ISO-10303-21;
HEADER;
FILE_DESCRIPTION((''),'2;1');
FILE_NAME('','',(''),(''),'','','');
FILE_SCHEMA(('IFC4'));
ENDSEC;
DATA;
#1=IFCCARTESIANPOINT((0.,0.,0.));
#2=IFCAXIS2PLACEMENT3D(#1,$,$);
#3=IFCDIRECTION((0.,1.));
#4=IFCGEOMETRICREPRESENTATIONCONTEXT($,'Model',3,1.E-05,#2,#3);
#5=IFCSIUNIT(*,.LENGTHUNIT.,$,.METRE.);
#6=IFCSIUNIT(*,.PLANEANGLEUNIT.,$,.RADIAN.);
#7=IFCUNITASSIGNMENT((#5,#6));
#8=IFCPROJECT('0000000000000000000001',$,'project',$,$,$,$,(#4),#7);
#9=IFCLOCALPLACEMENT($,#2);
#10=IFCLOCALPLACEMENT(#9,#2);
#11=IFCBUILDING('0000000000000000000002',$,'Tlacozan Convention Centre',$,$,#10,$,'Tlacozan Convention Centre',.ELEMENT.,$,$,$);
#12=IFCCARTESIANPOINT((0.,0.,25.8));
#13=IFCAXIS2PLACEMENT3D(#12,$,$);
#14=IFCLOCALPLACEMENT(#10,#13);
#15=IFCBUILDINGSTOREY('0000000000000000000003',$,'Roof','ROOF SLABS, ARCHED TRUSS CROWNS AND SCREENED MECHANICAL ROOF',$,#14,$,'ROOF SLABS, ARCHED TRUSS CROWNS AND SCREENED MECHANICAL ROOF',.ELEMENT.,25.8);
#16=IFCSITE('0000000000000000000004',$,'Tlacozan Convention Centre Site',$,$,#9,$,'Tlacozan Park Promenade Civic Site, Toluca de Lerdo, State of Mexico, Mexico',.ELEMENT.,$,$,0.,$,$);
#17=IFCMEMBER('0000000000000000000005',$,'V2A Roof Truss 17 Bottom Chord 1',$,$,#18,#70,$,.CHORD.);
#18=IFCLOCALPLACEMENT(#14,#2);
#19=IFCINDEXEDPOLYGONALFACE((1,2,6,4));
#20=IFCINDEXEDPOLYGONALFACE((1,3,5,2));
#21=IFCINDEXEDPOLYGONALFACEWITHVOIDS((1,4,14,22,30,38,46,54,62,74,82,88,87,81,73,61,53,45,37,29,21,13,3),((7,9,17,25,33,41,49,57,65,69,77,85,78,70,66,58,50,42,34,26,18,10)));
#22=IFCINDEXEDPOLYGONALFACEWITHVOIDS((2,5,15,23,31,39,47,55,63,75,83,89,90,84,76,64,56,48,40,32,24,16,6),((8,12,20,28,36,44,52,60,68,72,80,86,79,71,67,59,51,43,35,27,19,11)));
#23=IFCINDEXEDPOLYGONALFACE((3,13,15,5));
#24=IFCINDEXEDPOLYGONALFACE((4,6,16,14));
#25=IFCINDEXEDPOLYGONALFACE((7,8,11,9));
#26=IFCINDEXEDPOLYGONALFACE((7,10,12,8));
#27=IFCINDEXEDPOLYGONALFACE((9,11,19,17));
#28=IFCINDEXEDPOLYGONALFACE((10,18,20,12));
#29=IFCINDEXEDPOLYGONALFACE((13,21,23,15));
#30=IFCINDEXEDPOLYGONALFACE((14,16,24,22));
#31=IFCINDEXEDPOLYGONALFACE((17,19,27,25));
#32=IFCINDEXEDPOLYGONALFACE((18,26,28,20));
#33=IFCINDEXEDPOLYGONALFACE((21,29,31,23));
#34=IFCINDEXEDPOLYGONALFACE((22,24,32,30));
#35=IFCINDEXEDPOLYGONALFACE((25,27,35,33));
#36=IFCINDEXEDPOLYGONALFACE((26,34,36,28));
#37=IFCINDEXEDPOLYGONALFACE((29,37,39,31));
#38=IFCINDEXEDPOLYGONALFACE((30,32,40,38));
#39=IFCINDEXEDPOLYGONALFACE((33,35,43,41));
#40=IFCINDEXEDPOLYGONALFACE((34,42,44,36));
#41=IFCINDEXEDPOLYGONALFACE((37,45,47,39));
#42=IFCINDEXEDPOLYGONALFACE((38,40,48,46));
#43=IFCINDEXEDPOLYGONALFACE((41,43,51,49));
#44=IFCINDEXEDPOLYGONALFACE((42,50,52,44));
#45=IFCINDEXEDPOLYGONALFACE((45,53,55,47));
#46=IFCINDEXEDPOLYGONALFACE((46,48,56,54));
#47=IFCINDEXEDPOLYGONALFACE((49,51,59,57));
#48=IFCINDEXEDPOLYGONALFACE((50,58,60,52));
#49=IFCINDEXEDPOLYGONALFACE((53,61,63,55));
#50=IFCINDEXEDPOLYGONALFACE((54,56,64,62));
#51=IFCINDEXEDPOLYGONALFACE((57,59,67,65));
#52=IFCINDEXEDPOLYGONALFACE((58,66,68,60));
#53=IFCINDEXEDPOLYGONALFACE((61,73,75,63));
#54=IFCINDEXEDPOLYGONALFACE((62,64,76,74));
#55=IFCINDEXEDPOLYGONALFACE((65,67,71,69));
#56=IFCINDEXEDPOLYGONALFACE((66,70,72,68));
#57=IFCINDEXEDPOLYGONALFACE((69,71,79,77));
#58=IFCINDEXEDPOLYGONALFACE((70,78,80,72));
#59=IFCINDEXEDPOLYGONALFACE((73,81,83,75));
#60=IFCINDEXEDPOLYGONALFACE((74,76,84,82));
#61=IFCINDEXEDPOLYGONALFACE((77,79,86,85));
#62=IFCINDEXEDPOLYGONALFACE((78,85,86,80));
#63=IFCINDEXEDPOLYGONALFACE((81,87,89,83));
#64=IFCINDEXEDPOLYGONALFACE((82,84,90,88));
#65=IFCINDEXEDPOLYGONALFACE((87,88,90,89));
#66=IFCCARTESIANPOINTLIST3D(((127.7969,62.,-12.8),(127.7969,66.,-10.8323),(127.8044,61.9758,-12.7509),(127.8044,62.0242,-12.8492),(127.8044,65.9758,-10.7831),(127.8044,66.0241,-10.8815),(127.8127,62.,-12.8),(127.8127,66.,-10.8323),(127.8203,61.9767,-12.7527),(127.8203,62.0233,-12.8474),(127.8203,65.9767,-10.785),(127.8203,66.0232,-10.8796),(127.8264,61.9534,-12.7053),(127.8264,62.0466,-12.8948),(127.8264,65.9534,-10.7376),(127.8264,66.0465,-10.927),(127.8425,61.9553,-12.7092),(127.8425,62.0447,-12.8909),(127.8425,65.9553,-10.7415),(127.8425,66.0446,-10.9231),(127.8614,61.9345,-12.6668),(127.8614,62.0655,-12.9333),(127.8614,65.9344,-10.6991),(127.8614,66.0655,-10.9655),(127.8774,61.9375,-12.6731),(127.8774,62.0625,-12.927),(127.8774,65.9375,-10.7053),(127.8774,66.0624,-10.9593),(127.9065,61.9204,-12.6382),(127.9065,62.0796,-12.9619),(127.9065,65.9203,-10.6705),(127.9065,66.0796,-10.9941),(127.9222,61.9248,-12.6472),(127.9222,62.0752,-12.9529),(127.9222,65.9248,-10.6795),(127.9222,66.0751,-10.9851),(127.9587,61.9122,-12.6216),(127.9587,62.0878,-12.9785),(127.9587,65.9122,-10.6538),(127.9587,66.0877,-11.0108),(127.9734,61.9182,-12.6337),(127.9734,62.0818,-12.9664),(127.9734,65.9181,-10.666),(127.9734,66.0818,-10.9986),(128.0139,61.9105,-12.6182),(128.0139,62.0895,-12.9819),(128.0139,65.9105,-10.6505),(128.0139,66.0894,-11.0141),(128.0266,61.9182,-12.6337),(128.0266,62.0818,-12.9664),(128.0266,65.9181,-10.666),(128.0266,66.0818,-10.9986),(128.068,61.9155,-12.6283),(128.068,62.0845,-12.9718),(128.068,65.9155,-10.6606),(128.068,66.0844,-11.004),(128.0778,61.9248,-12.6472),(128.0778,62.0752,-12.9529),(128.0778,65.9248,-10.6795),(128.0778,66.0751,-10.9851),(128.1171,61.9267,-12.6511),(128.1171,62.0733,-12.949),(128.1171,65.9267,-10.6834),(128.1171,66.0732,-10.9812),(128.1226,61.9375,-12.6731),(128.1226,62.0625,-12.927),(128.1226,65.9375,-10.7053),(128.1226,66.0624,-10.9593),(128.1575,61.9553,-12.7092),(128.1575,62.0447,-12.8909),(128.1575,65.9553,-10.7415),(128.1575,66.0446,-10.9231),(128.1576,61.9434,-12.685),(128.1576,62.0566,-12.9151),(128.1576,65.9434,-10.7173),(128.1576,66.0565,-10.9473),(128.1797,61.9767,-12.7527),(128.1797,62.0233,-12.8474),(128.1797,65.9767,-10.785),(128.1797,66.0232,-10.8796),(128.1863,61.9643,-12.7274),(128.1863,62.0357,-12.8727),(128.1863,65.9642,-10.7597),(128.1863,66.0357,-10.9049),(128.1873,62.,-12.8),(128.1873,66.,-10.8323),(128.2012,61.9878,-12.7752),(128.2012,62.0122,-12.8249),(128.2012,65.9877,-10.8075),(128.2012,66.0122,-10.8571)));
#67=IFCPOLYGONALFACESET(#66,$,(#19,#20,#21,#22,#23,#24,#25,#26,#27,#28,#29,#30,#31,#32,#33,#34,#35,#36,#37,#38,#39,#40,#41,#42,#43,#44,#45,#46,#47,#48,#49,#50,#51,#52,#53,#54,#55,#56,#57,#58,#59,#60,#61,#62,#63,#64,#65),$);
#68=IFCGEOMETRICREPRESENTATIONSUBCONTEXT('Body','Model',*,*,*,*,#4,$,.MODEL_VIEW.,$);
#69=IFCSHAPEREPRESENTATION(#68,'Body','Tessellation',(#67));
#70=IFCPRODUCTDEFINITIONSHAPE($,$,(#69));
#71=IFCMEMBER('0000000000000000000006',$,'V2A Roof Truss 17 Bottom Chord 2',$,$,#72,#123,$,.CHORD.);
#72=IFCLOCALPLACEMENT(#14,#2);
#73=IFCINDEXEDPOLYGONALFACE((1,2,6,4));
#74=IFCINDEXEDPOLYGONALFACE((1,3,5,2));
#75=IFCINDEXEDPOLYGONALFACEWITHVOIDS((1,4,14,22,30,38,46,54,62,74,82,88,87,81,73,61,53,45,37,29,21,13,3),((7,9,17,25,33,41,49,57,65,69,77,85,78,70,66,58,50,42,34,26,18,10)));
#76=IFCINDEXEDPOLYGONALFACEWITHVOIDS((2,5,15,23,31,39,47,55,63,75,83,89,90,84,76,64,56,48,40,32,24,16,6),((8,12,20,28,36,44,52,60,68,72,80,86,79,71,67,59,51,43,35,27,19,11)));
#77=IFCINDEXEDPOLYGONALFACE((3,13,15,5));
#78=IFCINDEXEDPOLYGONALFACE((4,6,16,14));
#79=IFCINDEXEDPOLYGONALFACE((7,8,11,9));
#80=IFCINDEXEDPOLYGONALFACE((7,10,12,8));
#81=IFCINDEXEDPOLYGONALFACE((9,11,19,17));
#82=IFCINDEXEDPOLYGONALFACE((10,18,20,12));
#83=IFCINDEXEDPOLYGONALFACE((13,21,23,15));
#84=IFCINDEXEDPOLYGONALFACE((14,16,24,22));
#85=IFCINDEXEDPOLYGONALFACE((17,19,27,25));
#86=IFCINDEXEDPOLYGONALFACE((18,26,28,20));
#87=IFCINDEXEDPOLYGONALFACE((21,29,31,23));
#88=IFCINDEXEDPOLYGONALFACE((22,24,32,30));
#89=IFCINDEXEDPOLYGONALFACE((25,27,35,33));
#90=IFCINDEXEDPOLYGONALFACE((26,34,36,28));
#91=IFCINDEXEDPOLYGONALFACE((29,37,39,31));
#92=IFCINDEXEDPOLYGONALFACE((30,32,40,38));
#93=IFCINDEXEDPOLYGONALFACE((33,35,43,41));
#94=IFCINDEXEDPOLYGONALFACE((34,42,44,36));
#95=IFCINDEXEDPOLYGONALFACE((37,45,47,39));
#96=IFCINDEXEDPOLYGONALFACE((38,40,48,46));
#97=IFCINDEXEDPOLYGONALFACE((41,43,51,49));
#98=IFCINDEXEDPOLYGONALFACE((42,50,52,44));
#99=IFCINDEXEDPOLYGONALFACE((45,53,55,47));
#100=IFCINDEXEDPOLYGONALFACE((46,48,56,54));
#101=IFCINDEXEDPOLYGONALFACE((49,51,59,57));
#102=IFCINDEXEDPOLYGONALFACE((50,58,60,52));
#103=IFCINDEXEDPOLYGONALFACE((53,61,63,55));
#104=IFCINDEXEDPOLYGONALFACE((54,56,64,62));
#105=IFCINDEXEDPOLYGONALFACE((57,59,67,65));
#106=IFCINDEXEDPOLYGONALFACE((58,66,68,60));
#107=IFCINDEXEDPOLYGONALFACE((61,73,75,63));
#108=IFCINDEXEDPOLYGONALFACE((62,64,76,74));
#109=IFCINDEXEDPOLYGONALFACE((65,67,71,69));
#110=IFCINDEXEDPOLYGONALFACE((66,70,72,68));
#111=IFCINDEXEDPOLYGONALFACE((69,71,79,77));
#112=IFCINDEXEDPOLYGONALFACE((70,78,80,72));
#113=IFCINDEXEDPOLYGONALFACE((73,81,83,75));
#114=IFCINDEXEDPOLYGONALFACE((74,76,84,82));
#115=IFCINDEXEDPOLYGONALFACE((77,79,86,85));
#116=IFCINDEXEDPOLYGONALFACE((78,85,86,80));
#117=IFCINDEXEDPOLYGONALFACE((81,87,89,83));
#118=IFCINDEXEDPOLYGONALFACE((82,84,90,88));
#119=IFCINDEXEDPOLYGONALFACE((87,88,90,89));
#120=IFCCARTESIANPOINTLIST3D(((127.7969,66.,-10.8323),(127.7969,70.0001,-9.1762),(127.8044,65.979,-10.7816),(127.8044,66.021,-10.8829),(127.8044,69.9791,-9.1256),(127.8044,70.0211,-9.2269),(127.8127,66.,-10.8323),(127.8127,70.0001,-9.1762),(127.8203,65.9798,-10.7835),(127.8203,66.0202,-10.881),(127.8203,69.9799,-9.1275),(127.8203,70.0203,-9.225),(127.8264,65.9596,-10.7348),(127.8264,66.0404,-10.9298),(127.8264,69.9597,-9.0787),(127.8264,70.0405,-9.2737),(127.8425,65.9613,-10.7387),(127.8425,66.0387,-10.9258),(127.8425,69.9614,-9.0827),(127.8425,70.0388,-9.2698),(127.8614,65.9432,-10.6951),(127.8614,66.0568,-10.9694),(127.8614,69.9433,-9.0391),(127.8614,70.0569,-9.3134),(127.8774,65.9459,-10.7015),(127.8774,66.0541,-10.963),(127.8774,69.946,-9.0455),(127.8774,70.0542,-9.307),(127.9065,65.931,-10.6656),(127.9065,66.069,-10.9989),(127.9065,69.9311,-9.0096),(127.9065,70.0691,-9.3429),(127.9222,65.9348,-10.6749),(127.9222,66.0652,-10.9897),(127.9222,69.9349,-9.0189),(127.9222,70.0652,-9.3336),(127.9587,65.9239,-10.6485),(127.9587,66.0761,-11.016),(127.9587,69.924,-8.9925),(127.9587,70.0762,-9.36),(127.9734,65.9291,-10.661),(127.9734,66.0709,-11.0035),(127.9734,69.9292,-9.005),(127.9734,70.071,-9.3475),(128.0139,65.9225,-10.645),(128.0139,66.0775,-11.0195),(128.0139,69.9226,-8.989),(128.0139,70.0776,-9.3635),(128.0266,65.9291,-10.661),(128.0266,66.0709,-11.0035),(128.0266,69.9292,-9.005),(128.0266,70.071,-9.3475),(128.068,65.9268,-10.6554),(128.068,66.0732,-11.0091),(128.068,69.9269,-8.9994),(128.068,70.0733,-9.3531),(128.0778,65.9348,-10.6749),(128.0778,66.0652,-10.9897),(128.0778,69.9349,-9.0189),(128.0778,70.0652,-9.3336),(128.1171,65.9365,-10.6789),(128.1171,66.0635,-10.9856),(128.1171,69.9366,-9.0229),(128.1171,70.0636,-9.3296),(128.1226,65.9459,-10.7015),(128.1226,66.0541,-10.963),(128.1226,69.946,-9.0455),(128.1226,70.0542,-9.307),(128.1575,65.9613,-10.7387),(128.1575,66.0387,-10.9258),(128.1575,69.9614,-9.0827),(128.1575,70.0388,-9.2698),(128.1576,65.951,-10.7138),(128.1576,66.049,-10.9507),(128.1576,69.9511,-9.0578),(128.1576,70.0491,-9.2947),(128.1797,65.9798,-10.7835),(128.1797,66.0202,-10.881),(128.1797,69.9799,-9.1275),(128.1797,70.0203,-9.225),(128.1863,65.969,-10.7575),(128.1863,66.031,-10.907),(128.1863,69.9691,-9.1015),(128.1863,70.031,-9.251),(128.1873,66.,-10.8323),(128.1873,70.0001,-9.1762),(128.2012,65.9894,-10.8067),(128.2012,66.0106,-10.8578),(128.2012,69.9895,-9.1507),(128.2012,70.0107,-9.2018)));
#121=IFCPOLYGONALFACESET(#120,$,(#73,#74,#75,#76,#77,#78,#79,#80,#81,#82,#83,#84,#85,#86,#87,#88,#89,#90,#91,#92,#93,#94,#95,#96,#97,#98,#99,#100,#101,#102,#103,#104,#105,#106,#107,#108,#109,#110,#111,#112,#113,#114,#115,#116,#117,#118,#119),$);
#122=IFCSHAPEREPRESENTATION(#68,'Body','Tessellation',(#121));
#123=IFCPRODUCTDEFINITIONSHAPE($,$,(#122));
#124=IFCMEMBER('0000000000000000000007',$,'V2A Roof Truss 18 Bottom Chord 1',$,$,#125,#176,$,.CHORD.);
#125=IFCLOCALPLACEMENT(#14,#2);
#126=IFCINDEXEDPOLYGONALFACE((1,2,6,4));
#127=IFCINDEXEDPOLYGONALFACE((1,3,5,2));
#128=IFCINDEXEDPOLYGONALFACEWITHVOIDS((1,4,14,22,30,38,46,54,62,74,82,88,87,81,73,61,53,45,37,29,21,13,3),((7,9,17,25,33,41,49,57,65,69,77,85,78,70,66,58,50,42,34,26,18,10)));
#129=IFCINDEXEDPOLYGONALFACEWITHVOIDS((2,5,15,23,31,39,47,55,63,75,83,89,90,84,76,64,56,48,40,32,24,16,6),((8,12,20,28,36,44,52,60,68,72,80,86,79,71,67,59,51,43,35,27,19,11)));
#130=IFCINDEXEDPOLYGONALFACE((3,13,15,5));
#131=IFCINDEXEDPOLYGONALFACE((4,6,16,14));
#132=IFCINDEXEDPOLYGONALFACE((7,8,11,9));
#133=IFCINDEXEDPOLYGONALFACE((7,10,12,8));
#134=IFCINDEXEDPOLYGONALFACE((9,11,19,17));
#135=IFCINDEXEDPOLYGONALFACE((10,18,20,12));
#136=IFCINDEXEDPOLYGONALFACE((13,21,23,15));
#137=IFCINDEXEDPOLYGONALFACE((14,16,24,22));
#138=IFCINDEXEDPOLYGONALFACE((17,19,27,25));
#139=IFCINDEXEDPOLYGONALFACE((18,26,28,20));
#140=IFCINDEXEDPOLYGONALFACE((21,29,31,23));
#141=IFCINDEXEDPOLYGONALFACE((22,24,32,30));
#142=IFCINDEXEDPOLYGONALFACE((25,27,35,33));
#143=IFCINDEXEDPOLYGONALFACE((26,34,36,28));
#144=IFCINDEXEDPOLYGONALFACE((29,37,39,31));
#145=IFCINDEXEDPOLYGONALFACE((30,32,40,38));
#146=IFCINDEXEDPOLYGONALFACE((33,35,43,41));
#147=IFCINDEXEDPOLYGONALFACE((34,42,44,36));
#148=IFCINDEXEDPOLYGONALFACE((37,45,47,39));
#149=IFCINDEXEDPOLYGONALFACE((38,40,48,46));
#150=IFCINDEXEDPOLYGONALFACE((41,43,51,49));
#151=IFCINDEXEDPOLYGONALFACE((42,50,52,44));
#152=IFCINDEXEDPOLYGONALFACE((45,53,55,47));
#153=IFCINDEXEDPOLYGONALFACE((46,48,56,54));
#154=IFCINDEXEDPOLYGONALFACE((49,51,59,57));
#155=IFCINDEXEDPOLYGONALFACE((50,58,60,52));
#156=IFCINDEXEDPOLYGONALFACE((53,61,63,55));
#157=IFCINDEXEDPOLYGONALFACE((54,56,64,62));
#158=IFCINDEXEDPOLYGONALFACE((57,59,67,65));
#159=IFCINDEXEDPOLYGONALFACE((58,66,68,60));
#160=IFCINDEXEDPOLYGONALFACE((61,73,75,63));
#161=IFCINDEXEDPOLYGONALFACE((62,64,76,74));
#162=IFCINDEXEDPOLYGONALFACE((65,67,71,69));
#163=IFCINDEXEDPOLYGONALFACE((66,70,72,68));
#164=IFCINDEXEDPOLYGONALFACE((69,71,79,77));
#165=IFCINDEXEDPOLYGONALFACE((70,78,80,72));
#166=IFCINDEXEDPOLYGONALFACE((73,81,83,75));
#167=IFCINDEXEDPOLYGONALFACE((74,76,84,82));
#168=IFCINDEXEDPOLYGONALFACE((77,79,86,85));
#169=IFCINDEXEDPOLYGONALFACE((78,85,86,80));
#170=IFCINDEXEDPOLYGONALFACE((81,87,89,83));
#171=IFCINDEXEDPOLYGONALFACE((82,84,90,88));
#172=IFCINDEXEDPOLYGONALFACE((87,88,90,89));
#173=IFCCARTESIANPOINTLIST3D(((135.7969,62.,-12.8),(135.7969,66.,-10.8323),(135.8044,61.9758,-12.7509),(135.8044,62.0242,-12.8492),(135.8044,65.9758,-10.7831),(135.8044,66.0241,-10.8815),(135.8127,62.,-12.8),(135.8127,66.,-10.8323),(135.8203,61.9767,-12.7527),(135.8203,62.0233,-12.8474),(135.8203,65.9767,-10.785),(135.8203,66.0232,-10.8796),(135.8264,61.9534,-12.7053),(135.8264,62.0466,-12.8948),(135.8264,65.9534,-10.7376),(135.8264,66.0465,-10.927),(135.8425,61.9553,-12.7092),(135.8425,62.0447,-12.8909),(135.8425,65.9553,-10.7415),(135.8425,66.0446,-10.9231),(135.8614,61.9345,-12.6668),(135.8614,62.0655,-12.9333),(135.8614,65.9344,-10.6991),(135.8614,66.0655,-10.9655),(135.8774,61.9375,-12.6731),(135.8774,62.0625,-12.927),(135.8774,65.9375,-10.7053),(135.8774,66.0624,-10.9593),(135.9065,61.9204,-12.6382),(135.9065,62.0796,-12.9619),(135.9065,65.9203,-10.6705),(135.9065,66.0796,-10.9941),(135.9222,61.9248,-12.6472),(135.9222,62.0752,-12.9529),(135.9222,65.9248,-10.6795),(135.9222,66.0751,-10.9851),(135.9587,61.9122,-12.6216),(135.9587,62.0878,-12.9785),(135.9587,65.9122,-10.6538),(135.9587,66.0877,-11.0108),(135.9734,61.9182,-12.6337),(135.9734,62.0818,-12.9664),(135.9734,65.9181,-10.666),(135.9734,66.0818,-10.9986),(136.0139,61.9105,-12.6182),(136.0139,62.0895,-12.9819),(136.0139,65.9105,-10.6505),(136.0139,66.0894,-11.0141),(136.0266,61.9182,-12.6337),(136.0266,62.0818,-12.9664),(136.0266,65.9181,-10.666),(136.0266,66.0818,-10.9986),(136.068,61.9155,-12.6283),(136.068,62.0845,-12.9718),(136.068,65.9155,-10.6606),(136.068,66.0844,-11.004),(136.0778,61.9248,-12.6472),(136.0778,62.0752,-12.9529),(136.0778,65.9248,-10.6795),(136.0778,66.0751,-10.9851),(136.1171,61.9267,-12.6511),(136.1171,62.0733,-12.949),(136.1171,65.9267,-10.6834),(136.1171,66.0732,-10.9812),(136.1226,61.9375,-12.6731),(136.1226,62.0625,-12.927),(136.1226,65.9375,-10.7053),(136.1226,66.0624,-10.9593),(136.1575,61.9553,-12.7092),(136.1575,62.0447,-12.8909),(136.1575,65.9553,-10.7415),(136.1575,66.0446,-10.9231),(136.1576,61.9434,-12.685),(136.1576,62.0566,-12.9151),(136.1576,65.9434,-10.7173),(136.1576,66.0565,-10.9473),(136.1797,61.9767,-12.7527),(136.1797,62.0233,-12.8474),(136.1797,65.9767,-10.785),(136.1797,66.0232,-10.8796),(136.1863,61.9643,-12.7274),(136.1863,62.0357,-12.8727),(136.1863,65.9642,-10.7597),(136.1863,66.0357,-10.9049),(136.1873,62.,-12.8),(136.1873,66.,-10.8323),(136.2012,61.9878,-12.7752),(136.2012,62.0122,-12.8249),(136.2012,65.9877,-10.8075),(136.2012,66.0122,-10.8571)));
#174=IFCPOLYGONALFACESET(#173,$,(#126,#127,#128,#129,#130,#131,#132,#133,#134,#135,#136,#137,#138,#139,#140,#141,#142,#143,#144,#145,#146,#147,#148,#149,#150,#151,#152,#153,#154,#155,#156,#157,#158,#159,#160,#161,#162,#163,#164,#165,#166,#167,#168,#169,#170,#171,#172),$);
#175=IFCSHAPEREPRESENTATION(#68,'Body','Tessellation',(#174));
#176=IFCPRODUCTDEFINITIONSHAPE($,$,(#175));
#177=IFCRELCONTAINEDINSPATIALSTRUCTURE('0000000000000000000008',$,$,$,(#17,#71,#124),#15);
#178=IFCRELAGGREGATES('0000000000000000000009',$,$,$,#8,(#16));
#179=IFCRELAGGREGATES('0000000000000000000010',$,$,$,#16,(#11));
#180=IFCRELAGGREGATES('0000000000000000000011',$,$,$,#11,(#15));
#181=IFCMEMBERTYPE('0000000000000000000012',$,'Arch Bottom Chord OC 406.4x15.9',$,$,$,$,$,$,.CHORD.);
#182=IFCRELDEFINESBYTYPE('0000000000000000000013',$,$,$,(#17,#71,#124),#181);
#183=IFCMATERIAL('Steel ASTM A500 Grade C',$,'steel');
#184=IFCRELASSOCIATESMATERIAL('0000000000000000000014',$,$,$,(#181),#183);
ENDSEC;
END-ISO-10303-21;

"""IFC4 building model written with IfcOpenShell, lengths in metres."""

from ifc_helpers import new_model, si_unit, direction, frame, origin, origin_2d, place, context, subcontext, project, spatial, hollow_circle, extrude, material, material_profile, profile_set, type_object, element, save


model = new_model("IFC4")

# Units and contexts
model_context = context("Model", 3, precision=1e-05, world=origin(), true_north=direction((0.0, 1.0)))
body_context = subcontext(model_context, "Body", "Model", "MODEL_VIEW")
ifc_project = project(units=[si_unit("LENGTHUNIT", "METRE"), si_unit("PLANEANGLEUNIT", "RADIAN")], contexts=[model_context])

# Site, building, storey
site_placement = place(None, origin())
site = spatial("IfcSite", under=ifc_project, at=site_placement, Name="Tlacozan Convention Centre Site", LongName="Tlacozan Park Promenade Civic Site, Toluca de Lerdo, State of Mexico, Mexico", CompositionType="ELEMENT", RefElevation=0.0)
building_placement = place(site_placement, origin())
building = spatial("IfcBuilding", under=site, at=building_placement, Name="Tlacozan Convention Centre", LongName="Tlacozan Convention Centre", CompositionType="ELEMENT")
storey_placement = place(building_placement, frame((0.0, 0.0, 25.8)))
storey = spatial("IfcBuildingStorey", under=building, at=storey_placement, Name="Roof", Description="ROOF SLABS, ARCHED TRUSS CROWNS AND SCREENED MECHANICAL ROOF", LongName="ROOF SLABS, ARCHED TRUSS CROWNS AND SCREENED MECHANICAL ROOF", CompositionType="ELEMENT", Elevation=25.8)

# Members
ifc_material_1 = material(Name="Steel ASTM A500 Grade C", Category="steel")
ifc_material_profile_1 = material_profile(ifc_material_1, hollow_circle(Radius=0.2031, WallThickness=0.0159, at=origin_2d()), Name="OC 406.4x15.9")
ifc_profile_set_1 = profile_set([ifc_material_profile_1], Name="Steel ASTM A500 Grade C")
member_type_1 = type_object("IfcMemberType", Name="Arch Bottom Chord OC 406.4x15.9", PredefinedType="CHORD", material=ifc_profile_set_1)
member_1_placement = place(storey_placement, frame((128.0, 62.0, -12.8), z_axis=(0.0, 0.8973, 0.441421), x_axis=(-1.0, 0.0, 0.0)))
element("IfcMember", 1, at=member_1_placement, inside=storey, type_object=member_type_1, Name="V2A Roof Truss 17 Bottom Chord 1", PredefinedType="CHORD", context=body_context, shape_type="SweptSolid", body=[
    extrude(hollow_circle(Radius=0.2031, WallThickness=0.0159, at=origin_2d()), origin(), (0.0, 0.0, 1.0), 4.4578),
])
member_2_placement = place(storey_placement, frame((128.0, 66.0, -10.8323), z_axis=(0.0, 0.923949, 0.382516), x_axis=(-1.0, 0.0, 0.0)))
element("IfcMember", 2, at=member_2_placement, inside=storey, type_object=member_type_1, Name="V2A Roof Truss 17 Bottom Chord 2", PredefinedType="CHORD", context=body_context, shape_type="SweptSolid", body=[
    extrude(hollow_circle(Radius=0.2031, WallThickness=0.0159, at=origin_2d()), origin(), (0.0, 0.0, 1.0), 4.3293),
])
member_3_placement = place(storey_placement, frame((136.0, 62.0, -12.8), z_axis=(0.0, 0.8973, 0.441421), x_axis=(-1.0, 0.0, 0.0)))
element("IfcMember", 3, at=member_3_placement, inside=storey, type_object=member_type_1, Name="V2A Roof Truss 18 Bottom Chord 1", PredefinedType="CHORD", context=body_context, shape_type="SweptSolid", body=[
    extrude(hollow_circle(Radius=0.2031, WallThickness=0.0159, at=origin_2d()), origin(), (0.0, 0.0, 1.0), 4.4578),
])

save(model, "model.ifc")
